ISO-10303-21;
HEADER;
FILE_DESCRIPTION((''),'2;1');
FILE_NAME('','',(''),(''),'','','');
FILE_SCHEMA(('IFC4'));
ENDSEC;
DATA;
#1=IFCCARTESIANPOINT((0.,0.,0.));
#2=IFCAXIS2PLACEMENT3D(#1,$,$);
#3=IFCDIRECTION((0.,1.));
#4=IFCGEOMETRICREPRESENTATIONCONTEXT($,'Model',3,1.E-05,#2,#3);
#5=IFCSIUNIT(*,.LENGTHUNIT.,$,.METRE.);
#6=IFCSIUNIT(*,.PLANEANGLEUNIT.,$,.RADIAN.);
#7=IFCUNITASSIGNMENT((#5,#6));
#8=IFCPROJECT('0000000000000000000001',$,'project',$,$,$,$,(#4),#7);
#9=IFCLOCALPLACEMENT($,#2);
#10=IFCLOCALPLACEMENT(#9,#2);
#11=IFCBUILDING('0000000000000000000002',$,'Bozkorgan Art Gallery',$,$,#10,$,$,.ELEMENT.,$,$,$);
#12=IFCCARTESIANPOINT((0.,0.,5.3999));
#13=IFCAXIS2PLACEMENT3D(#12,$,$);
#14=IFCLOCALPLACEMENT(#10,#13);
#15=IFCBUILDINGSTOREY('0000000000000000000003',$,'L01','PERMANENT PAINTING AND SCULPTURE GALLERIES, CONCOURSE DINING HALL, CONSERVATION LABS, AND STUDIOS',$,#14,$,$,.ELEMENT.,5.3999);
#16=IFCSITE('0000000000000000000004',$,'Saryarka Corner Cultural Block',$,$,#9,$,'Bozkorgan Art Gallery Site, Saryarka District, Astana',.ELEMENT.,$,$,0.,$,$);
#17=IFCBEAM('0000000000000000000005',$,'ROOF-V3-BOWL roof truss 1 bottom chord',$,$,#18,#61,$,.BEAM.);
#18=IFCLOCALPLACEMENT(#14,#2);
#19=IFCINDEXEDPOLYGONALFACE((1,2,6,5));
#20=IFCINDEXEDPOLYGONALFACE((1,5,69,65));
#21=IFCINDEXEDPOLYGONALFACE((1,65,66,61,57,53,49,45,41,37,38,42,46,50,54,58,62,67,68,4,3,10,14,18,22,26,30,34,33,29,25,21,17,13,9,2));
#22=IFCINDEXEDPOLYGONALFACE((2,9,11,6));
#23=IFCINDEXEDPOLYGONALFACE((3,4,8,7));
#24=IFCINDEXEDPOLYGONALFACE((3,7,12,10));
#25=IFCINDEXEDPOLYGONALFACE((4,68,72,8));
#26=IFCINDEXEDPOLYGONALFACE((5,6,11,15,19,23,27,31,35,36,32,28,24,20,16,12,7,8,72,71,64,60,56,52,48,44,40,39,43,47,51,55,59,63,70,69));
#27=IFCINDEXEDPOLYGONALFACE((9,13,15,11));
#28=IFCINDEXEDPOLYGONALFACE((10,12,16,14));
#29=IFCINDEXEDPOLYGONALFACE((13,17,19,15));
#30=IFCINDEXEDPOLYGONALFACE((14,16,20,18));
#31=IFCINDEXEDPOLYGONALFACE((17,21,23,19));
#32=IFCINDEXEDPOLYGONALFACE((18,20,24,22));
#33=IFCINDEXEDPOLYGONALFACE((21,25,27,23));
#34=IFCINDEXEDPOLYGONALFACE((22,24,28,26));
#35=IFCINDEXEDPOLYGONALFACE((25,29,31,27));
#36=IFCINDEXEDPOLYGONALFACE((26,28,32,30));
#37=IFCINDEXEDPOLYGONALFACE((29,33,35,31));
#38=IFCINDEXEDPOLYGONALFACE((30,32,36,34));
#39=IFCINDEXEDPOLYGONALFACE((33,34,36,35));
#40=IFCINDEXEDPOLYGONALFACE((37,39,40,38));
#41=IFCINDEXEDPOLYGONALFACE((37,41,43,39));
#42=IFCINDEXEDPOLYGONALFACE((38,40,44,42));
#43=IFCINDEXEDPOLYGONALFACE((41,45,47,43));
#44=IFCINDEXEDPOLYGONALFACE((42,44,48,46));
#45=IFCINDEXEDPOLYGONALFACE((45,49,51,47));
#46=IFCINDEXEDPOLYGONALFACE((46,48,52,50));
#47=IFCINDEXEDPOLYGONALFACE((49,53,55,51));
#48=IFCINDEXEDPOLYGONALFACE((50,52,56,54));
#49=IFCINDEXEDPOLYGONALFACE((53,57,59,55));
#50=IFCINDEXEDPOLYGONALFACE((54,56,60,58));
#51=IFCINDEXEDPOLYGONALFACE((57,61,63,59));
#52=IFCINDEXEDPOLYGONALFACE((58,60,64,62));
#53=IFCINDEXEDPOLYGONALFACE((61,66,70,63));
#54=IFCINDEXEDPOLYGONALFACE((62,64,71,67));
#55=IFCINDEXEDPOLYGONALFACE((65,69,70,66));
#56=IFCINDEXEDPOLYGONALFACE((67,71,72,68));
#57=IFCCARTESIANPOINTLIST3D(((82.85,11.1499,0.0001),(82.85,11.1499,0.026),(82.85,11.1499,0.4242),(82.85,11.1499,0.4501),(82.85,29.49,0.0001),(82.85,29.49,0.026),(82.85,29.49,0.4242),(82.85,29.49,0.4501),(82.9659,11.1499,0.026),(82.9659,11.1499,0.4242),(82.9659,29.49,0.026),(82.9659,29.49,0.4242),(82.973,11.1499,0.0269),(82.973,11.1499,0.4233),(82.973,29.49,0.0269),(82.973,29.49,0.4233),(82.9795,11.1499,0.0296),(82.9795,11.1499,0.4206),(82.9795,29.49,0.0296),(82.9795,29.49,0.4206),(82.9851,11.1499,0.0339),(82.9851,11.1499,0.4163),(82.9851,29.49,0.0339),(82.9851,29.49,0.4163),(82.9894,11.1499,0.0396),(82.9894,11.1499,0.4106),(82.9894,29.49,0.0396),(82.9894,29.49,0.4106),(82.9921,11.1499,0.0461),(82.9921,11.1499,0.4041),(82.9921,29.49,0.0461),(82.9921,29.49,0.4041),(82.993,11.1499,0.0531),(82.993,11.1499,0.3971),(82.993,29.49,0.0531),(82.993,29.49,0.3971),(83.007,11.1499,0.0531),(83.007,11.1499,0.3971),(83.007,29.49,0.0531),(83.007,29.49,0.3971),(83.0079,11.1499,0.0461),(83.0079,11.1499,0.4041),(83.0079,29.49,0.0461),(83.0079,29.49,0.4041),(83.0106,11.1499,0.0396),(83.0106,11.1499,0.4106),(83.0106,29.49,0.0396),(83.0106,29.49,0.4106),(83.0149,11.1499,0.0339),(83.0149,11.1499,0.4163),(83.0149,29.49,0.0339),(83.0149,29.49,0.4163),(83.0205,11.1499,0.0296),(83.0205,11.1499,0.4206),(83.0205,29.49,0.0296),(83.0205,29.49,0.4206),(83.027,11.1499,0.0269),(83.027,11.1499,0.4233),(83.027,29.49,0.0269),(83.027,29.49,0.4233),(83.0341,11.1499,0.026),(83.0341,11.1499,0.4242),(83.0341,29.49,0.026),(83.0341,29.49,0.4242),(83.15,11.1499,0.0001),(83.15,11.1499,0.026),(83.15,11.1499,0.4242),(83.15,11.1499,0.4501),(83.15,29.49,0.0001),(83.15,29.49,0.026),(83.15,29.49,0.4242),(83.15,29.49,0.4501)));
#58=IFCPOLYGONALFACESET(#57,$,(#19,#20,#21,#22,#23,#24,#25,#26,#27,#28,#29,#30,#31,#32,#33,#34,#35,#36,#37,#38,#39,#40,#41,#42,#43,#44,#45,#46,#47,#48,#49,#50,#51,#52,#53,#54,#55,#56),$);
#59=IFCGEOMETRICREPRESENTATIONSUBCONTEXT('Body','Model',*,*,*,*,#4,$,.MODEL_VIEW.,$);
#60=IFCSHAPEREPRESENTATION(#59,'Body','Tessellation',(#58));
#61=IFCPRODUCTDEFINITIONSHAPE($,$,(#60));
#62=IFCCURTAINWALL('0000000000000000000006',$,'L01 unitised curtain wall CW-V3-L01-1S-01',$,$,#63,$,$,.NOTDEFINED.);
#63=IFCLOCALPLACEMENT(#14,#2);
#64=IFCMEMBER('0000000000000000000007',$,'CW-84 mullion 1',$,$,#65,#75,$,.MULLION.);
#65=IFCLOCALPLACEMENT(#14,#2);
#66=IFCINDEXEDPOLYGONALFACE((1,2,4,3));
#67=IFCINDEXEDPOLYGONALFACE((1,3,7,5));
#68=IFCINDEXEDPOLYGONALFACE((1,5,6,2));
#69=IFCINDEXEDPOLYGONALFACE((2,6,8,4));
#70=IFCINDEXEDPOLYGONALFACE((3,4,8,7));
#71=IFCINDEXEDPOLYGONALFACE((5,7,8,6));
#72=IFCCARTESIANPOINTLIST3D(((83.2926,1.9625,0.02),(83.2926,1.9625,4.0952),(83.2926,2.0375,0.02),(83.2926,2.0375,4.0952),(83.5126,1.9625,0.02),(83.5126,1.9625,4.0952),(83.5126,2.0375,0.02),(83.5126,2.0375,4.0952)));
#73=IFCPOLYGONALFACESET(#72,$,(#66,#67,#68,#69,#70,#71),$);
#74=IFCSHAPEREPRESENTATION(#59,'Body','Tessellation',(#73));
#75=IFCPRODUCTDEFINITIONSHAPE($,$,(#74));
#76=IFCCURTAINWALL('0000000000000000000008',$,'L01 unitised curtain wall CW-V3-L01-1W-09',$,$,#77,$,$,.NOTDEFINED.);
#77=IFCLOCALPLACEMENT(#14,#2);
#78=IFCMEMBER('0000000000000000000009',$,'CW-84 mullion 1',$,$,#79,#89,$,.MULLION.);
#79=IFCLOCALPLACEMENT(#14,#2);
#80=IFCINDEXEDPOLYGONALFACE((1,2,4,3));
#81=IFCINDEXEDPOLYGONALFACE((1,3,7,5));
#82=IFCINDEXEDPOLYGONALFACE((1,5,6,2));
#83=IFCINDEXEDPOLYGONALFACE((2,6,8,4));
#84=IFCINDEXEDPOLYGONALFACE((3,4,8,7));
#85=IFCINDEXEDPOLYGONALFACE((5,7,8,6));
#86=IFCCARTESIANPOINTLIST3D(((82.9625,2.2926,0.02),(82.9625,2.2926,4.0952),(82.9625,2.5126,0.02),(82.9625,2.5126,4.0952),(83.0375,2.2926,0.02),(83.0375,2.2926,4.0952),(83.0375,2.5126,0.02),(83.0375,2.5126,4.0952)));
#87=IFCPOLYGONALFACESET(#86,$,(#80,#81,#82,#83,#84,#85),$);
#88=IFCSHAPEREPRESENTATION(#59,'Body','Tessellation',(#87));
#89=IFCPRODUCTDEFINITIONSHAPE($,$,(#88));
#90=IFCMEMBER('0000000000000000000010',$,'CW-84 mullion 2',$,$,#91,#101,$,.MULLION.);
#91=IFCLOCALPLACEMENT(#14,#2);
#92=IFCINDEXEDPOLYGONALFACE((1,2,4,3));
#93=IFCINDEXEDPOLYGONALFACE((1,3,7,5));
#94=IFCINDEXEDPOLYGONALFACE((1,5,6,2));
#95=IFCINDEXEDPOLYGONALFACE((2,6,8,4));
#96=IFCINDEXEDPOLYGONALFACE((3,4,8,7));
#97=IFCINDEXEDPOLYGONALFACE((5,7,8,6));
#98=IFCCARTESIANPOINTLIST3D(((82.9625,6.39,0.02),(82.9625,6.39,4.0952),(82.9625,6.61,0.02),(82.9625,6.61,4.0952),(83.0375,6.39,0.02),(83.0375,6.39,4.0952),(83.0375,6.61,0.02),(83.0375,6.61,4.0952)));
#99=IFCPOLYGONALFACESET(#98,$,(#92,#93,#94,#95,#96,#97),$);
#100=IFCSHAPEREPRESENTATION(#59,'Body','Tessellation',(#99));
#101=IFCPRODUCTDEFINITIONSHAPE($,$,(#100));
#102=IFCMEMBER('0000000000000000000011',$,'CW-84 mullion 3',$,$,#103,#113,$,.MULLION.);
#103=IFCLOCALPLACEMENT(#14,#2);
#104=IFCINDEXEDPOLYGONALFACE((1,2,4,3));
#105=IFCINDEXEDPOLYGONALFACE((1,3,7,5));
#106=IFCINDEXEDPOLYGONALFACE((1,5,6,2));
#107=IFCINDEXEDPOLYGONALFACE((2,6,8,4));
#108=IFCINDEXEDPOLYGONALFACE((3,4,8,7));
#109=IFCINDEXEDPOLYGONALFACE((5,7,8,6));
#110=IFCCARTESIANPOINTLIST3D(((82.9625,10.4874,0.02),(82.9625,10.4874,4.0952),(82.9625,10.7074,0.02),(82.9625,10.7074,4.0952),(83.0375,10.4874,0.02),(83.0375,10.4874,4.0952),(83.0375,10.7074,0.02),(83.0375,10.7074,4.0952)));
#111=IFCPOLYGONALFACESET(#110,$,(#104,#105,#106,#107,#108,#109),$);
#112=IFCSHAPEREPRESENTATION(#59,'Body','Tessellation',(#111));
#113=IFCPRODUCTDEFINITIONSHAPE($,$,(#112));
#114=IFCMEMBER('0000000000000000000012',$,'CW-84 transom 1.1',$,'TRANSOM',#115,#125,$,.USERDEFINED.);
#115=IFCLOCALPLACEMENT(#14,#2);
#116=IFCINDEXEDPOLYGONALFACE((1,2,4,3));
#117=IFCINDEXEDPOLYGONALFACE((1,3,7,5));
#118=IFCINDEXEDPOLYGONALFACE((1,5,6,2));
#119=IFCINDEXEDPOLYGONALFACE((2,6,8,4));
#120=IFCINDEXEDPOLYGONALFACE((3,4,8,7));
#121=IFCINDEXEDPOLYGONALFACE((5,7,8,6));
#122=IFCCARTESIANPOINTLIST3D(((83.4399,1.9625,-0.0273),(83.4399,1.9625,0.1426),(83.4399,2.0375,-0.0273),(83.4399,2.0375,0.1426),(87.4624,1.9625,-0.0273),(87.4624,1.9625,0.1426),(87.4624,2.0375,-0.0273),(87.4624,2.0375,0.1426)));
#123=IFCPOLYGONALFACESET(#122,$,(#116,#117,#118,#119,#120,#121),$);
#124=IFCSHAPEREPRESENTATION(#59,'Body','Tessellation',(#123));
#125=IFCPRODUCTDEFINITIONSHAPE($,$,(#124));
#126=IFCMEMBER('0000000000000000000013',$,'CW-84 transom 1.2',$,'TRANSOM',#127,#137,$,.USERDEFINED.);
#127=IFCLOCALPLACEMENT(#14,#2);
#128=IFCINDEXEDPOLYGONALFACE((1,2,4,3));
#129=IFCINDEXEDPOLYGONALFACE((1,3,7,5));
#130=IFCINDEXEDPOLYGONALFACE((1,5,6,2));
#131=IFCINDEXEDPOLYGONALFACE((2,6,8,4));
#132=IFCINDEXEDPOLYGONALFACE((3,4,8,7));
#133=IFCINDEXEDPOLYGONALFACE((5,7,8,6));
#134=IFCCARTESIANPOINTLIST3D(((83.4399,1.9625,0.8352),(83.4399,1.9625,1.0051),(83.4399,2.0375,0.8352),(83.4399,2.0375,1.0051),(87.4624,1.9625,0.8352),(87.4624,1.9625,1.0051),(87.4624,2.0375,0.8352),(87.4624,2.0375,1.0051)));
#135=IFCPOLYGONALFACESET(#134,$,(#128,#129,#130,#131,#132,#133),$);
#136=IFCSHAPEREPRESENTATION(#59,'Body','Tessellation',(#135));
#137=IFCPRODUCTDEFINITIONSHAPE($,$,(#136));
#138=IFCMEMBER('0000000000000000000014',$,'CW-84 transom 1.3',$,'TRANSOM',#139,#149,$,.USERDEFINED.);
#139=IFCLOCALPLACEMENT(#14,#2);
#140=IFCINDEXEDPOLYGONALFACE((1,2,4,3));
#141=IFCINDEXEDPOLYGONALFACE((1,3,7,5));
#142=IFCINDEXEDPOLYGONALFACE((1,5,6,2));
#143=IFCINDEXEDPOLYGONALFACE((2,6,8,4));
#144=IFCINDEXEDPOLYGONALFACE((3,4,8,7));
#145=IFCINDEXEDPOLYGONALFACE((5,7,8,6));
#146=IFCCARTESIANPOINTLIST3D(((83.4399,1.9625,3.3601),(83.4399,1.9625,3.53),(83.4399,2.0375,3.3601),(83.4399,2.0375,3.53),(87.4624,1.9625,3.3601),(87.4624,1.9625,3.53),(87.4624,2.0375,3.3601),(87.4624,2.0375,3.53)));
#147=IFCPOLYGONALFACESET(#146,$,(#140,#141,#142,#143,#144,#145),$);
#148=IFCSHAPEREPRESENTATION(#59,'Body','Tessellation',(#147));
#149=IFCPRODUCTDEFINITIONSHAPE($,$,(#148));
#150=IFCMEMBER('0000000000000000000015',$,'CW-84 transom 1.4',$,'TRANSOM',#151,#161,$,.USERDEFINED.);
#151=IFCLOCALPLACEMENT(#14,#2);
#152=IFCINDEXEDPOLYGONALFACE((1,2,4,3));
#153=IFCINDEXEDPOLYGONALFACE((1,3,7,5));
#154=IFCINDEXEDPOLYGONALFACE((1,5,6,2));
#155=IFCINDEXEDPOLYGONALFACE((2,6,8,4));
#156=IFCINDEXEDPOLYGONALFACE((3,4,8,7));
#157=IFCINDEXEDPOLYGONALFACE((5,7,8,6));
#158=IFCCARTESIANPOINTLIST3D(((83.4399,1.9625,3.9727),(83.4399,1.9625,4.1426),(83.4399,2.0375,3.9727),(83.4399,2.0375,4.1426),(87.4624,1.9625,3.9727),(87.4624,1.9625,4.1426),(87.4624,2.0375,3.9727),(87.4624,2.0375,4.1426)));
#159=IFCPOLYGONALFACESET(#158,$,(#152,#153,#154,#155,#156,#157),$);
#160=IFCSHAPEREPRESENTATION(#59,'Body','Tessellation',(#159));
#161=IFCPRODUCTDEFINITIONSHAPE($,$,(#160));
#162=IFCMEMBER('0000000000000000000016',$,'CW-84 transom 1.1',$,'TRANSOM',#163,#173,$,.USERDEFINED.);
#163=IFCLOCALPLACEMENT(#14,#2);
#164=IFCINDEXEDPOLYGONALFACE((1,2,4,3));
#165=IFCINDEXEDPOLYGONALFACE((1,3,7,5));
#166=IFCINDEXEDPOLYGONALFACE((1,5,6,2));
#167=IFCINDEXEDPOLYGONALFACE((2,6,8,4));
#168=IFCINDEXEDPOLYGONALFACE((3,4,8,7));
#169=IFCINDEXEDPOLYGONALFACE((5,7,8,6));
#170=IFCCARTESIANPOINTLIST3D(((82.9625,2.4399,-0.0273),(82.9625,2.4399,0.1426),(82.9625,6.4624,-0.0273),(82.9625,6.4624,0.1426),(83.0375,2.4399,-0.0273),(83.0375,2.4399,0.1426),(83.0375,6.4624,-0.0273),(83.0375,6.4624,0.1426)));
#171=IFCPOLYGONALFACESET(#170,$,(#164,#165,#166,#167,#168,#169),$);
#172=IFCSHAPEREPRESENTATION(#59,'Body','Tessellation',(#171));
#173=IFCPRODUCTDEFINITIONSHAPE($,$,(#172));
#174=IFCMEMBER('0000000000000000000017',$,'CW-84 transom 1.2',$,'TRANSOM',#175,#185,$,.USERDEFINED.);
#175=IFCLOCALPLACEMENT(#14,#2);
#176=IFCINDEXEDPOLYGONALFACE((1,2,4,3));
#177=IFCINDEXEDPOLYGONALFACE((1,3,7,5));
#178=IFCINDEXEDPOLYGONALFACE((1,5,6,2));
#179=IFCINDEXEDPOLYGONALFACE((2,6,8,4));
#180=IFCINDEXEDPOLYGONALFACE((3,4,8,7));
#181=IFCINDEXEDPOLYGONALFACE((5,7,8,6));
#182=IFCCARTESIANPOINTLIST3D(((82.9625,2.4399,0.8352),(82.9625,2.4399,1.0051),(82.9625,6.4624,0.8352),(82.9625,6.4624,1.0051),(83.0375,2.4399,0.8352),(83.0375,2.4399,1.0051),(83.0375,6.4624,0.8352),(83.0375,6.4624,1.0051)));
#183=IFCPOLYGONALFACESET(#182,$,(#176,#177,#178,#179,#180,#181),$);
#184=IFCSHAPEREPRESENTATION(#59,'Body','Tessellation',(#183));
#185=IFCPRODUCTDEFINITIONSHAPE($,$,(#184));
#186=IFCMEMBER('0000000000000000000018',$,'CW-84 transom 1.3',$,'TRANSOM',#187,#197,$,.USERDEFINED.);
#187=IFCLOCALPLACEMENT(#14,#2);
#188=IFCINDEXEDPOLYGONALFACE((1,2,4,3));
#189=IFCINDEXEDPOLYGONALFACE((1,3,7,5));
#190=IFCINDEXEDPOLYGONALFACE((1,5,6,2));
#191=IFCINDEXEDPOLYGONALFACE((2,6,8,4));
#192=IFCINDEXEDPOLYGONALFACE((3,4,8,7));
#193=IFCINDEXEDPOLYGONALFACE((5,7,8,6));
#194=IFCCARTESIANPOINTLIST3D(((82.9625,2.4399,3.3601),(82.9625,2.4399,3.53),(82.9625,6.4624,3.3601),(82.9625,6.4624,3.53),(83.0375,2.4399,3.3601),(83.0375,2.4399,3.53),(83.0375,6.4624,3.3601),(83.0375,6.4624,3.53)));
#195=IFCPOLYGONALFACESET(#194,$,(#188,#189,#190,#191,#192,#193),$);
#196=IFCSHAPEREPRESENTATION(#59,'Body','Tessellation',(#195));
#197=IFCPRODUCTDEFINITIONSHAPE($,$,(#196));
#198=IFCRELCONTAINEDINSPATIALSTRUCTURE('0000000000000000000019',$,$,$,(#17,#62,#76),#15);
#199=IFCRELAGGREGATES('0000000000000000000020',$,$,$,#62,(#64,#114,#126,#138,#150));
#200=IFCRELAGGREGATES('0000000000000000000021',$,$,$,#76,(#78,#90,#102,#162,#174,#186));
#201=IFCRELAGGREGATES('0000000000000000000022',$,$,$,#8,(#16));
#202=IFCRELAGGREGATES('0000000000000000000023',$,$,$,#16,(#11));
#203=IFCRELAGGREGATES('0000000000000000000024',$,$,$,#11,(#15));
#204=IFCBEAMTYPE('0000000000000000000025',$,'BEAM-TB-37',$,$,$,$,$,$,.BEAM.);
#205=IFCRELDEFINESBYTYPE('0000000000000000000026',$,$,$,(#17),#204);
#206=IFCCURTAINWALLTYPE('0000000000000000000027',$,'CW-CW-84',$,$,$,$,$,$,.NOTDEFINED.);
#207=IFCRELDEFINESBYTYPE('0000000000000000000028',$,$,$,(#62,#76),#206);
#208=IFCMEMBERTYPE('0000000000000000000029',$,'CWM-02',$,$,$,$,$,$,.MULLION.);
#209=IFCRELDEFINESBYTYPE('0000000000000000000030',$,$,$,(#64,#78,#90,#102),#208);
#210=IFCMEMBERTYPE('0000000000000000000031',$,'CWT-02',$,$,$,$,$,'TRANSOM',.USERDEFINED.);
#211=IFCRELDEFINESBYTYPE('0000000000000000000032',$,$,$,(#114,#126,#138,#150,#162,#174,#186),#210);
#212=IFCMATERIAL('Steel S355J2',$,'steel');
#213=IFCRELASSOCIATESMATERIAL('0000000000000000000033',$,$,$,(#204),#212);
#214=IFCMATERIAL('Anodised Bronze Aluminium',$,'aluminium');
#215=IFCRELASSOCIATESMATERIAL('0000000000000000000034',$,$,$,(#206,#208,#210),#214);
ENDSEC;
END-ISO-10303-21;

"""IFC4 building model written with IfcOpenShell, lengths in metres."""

from ifc_helpers import new_model, si_unit, direction, frame, origin, origin_2d, place, context, subcontext, project, spatial, rectangle, i_section, extrude, material, material_profile, profile_set, type_object, element, aggregate, save


model = new_model("IFC4")

# Units and contexts
model_context = context("Model", 3, precision=1e-05, world=origin(), true_north=direction((0.0, 1.0)))
body_context = subcontext(model_context, "Body", "Model", "MODEL_VIEW")
ifc_project = project(units=[si_unit("LENGTHUNIT", "METRE"), si_unit("PLANEANGLEUNIT", "RADIAN")], contexts=[model_context])

# Site, building, storey
site_placement = place(None, origin())
site = spatial("IfcSite", under=ifc_project, at=site_placement, Name="Saryarka Corner Cultural Block", LongName="Bozkorgan Art Gallery Site, Saryarka District, Astana", CompositionType="ELEMENT", RefElevation=0.0)
building_placement = place(site_placement, origin())
building = spatial("IfcBuilding", under=site, at=building_placement, Name="Bozkorgan Art Gallery", CompositionType="ELEMENT")
storey_placement = place(building_placement, frame((0.0, 0.0, 5.3999)))
storey = spatial("IfcBuildingStorey", under=building, at=storey_placement, Name="L01", Description="PERMANENT PAINTING AND SCULPTURE GALLERIES, CONCOURSE DINING HALL, CONSERVATION LABS, AND STUDIOS", CompositionType="ELEMENT", Elevation=5.3999)

# Shared definitions
ifc_material_1 = material(Name="Steel S355J2", Category="steel")

# Beam
ifc_material_profile_1 = material_profile(ifc_material_1, i_section(OverallWidth=0.3, OverallDepth=0.45, WebThickness=0.0139, FlangeThickness=0.0259, FilletRadius=0.0271, at=origin_2d()), Name="HEB 450")
ifc_profile_set_1 = profile_set([ifc_material_profile_1], Name="Steel S355J2")
beam_type_1 = type_object("IfcBeamType", Name="BEAM-TB-37", PredefinedType="BEAM", material=ifc_profile_set_1)
beam_1_placement = place(storey_placement, frame((83.0, 11.1499, 0.2251), z_axis=(0.0, 1.0, 0.0), x_axis=(-1.0, 0.0, 0.0)))
element("IfcBeam", 1, at=beam_1_placement, inside=storey, type_object=beam_type_1, Name="ROOF-V3-BOWL roof truss 1 bottom chord", PredefinedType="BEAM", context=body_context, shape_type="SweptSolid", body=[
    extrude(i_section(OverallWidth=0.3, OverallDepth=0.45, WebThickness=0.0139, FlangeThickness=0.0259, FilletRadius=0.0271, at=origin_2d()), origin(), (0.0, 0.0, 1.0), 18.3401),
])

# Curtain wall, member
ifc_material_2 = material(Name="Anodised Bronze Aluminium", Category="aluminium")
curtain_wall_type = type_object("IfcCurtainWallType", Name="CW-CW-84", PredefinedType="NOTDEFINED", material=ifc_material_2)
curtain_wall_1_placement = place(storey_placement, origin())
curtain_wall_1 = element("IfcCurtainWall", 2, at=curtain_wall_1_placement, inside=storey, type_object=curtain_wall_type, Name="L01 unitised curtain wall CW-V3-L01-1S-01", PredefinedType="NOTDEFINED")
ifc_material_profile_2 = material_profile(ifc_material_2, rectangle(XDim=0.075, YDim=0.22, at=origin_2d()), Name="ALU MULLION 75x220")
ifc_profile_set_2 = profile_set([ifc_material_profile_2], Name="Anodised Bronze Aluminium")
member_type_1 = type_object("IfcMemberType", Name="CWM-02", PredefinedType="MULLION", material=ifc_profile_set_2)
member_1_placement = place(storey_placement, frame((83.4026, 2.0, 0.02), z_axis=(0.0, 0.0, 1.0), x_axis=(0.0, 1.0, 0.0)))
member_1 = element("IfcMember", 3, at=member_1_placement, type_object=member_type_1, Name="CW-84 mullion 1", PredefinedType="MULLION", context=body_context, shape_type="SweptSolid", body=[
    extrude(rectangle(XDim=0.075, YDim=0.22, at=origin_2d()), origin(), (0.0, 0.0, 1.0), 4.0752),
])

# Curtain wall, members
curtain_wall_2_placement = place(storey_placement, origin())
curtain_wall_2 = element("IfcCurtainWall", 4, at=curtain_wall_2_placement, inside=storey, type_object=curtain_wall_type, Name="L01 unitised curtain wall CW-V3-L01-1W-09", PredefinedType="NOTDEFINED")
member_2_placement = place(storey_placement, frame((83.0, 2.4026, 0.02), z_axis=(0.0, 0.0, 1.0), x_axis=(-1.0, 0.0, 0.0)))
member_2 = element("IfcMember", 5, at=member_2_placement, type_object=member_type_1, Name="CW-84 mullion 1", PredefinedType="MULLION", context=body_context, shape_type="SweptSolid", body=[
    extrude(rectangle(XDim=0.075, YDim=0.22, at=origin_2d()), origin(), (0.0, 0.0, 1.0), 4.0752),
])
member_3_placement = place(storey_placement, frame((83.0, 6.5, 0.02), z_axis=(0.0, 0.0, 1.0), x_axis=(-1.0, 0.0, 0.0)))
member_3 = element("IfcMember", 6, at=member_3_placement, type_object=member_type_1, Name="CW-84 mullion 2", PredefinedType="MULLION", context=body_context, shape_type="SweptSolid", body=[
    extrude(rectangle(XDim=0.075, YDim=0.22, at=origin_2d()), origin(), (0.0, 0.0, 1.0), 4.0752),
])
member_4_placement = place(storey_placement, frame((83.0, 10.5974, 0.02), z_axis=(0.0, 0.0, 1.0), x_axis=(-1.0, 0.0, 0.0)))
member_4 = element("IfcMember", 7, at=member_4_placement, type_object=member_type_1, Name="CW-84 mullion 3", PredefinedType="MULLION", context=body_context, shape_type="SweptSolid", body=[
    extrude(rectangle(XDim=0.075, YDim=0.22, at=origin_2d()), origin(), (0.0, 0.0, 1.0), 4.0752),
])

# Members
ifc_material_profile_3 = material_profile(ifc_material_2, rectangle(XDim=0.075, YDim=0.1699, at=origin_2d()), Name="ALU TRANSOM 75x170")
ifc_profile_set_3 = profile_set([ifc_material_profile_3], Name="Anodised Bronze Aluminium")
member_type_2 = type_object("IfcMemberType", Name="CWT-02", ElementType="TRANSOM", PredefinedType="USERDEFINED", material=ifc_profile_set_3)
member_5_placement = place(storey_placement, frame((83.4399, 2.0, 0.0576), z_axis=(1.0, 0.0, 0.0), x_axis=(0.0, 1.0, 0.0)))
member_5 = element("IfcMember", 8, at=member_5_placement, type_object=member_type_2, Name="CW-84 transom 1.1", ObjectType="TRANSOM", PredefinedType="USERDEFINED", context=body_context, shape_type="SweptSolid", body=[
    extrude(rectangle(XDim=0.075, YDim=0.1699, at=origin_2d()), origin(), (0.0, 0.0, 1.0), 4.0225),
])
member_6_placement = place(storey_placement, frame((83.4399, 2.0, 0.9202), z_axis=(1.0, 0.0, 0.0), x_axis=(0.0, 1.0, 0.0)))
member_6 = element("IfcMember", 9, at=member_6_placement, type_object=member_type_2, Name="CW-84 transom 1.2", ObjectType="TRANSOM", PredefinedType="USERDEFINED", context=body_context, shape_type="SweptSolid", body=[
    extrude(rectangle(XDim=0.075, YDim=0.1699, at=origin_2d()), origin(), (0.0, 0.0, 1.0), 4.0225),
])
member_7_placement = place(storey_placement, frame((83.4399, 2.0, 3.4451), z_axis=(1.0, 0.0, 0.0), x_axis=(0.0, 1.0, 0.0)))
member_7 = element("IfcMember", 10, at=member_7_placement, type_object=member_type_2, Name="CW-84 transom 1.3", ObjectType="TRANSOM", PredefinedType="USERDEFINED", context=body_context, shape_type="SweptSolid", body=[
    extrude(rectangle(XDim=0.075, YDim=0.1699, at=origin_2d()), origin(), (0.0, 0.0, 1.0), 4.0225),
])
member_8_placement = place(storey_placement, frame((83.4399, 2.0, 4.0576), z_axis=(1.0, 0.0, 0.0), x_axis=(0.0, 1.0, 0.0)))
member_8 = element("IfcMember", 11, at=member_8_placement, type_object=member_type_2, Name="CW-84 transom 1.4", ObjectType="TRANSOM", PredefinedType="USERDEFINED", context=body_context, shape_type="SweptSolid", body=[
    extrude(rectangle(XDim=0.075, YDim=0.1699, at=origin_2d()), origin(), (0.0, 0.0, 1.0), 4.0225),
])
aggregate(curtain_wall_1, [member_1, member_5, member_6, member_7, member_8])
member_9_placement = place(storey_placement, frame((83.0, 2.4399, 0.0576), z_axis=(0.0, 1.0, 0.0), x_axis=(-1.0, 0.0, 0.0)))
member_9 = element("IfcMember", 12, at=member_9_placement, type_object=member_type_2, Name="CW-84 transom 1.1", ObjectType="TRANSOM", PredefinedType="USERDEFINED", context=body_context, shape_type="SweptSolid", body=[
    extrude(rectangle(XDim=0.075, YDim=0.1699, at=origin_2d()), origin(), (0.0, 0.0, 1.0), 4.0225),
])
member_10_placement = place(storey_placement, frame((83.0, 2.4399, 0.9202), z_axis=(0.0, 1.0, 0.0), x_axis=(-1.0, 0.0, 0.0)))
member_10 = element("IfcMember", 13, at=member_10_placement, type_object=member_type_2, Name="CW-84 transom 1.2", ObjectType="TRANSOM", PredefinedType="USERDEFINED", context=body_context, shape_type="SweptSolid", body=[
    extrude(rectangle(XDim=0.075, YDim=0.1699, at=origin_2d()), origin(), (0.0, 0.0, 1.0), 4.0225),
])
member_11_placement = place(storey_placement, frame((83.0, 2.4399, 3.4451), z_axis=(0.0, 1.0, 0.0), x_axis=(-1.0, 0.0, 0.0)))
member_11 = element("IfcMember", 14, at=member_11_placement, type_object=member_type_2, Name="CW-84 transom 1.3", ObjectType="TRANSOM", PredefinedType="USERDEFINED", context=body_context, shape_type="SweptSolid", body=[
    extrude(rectangle(XDim=0.075, YDim=0.1699, at=origin_2d()), origin(), (0.0, 0.0, 1.0), 4.0225),
])

aggregate(curtain_wall_2, [member_2, member_3, member_4, member_9, member_10, member_11])

save(model, "model.ifc")
